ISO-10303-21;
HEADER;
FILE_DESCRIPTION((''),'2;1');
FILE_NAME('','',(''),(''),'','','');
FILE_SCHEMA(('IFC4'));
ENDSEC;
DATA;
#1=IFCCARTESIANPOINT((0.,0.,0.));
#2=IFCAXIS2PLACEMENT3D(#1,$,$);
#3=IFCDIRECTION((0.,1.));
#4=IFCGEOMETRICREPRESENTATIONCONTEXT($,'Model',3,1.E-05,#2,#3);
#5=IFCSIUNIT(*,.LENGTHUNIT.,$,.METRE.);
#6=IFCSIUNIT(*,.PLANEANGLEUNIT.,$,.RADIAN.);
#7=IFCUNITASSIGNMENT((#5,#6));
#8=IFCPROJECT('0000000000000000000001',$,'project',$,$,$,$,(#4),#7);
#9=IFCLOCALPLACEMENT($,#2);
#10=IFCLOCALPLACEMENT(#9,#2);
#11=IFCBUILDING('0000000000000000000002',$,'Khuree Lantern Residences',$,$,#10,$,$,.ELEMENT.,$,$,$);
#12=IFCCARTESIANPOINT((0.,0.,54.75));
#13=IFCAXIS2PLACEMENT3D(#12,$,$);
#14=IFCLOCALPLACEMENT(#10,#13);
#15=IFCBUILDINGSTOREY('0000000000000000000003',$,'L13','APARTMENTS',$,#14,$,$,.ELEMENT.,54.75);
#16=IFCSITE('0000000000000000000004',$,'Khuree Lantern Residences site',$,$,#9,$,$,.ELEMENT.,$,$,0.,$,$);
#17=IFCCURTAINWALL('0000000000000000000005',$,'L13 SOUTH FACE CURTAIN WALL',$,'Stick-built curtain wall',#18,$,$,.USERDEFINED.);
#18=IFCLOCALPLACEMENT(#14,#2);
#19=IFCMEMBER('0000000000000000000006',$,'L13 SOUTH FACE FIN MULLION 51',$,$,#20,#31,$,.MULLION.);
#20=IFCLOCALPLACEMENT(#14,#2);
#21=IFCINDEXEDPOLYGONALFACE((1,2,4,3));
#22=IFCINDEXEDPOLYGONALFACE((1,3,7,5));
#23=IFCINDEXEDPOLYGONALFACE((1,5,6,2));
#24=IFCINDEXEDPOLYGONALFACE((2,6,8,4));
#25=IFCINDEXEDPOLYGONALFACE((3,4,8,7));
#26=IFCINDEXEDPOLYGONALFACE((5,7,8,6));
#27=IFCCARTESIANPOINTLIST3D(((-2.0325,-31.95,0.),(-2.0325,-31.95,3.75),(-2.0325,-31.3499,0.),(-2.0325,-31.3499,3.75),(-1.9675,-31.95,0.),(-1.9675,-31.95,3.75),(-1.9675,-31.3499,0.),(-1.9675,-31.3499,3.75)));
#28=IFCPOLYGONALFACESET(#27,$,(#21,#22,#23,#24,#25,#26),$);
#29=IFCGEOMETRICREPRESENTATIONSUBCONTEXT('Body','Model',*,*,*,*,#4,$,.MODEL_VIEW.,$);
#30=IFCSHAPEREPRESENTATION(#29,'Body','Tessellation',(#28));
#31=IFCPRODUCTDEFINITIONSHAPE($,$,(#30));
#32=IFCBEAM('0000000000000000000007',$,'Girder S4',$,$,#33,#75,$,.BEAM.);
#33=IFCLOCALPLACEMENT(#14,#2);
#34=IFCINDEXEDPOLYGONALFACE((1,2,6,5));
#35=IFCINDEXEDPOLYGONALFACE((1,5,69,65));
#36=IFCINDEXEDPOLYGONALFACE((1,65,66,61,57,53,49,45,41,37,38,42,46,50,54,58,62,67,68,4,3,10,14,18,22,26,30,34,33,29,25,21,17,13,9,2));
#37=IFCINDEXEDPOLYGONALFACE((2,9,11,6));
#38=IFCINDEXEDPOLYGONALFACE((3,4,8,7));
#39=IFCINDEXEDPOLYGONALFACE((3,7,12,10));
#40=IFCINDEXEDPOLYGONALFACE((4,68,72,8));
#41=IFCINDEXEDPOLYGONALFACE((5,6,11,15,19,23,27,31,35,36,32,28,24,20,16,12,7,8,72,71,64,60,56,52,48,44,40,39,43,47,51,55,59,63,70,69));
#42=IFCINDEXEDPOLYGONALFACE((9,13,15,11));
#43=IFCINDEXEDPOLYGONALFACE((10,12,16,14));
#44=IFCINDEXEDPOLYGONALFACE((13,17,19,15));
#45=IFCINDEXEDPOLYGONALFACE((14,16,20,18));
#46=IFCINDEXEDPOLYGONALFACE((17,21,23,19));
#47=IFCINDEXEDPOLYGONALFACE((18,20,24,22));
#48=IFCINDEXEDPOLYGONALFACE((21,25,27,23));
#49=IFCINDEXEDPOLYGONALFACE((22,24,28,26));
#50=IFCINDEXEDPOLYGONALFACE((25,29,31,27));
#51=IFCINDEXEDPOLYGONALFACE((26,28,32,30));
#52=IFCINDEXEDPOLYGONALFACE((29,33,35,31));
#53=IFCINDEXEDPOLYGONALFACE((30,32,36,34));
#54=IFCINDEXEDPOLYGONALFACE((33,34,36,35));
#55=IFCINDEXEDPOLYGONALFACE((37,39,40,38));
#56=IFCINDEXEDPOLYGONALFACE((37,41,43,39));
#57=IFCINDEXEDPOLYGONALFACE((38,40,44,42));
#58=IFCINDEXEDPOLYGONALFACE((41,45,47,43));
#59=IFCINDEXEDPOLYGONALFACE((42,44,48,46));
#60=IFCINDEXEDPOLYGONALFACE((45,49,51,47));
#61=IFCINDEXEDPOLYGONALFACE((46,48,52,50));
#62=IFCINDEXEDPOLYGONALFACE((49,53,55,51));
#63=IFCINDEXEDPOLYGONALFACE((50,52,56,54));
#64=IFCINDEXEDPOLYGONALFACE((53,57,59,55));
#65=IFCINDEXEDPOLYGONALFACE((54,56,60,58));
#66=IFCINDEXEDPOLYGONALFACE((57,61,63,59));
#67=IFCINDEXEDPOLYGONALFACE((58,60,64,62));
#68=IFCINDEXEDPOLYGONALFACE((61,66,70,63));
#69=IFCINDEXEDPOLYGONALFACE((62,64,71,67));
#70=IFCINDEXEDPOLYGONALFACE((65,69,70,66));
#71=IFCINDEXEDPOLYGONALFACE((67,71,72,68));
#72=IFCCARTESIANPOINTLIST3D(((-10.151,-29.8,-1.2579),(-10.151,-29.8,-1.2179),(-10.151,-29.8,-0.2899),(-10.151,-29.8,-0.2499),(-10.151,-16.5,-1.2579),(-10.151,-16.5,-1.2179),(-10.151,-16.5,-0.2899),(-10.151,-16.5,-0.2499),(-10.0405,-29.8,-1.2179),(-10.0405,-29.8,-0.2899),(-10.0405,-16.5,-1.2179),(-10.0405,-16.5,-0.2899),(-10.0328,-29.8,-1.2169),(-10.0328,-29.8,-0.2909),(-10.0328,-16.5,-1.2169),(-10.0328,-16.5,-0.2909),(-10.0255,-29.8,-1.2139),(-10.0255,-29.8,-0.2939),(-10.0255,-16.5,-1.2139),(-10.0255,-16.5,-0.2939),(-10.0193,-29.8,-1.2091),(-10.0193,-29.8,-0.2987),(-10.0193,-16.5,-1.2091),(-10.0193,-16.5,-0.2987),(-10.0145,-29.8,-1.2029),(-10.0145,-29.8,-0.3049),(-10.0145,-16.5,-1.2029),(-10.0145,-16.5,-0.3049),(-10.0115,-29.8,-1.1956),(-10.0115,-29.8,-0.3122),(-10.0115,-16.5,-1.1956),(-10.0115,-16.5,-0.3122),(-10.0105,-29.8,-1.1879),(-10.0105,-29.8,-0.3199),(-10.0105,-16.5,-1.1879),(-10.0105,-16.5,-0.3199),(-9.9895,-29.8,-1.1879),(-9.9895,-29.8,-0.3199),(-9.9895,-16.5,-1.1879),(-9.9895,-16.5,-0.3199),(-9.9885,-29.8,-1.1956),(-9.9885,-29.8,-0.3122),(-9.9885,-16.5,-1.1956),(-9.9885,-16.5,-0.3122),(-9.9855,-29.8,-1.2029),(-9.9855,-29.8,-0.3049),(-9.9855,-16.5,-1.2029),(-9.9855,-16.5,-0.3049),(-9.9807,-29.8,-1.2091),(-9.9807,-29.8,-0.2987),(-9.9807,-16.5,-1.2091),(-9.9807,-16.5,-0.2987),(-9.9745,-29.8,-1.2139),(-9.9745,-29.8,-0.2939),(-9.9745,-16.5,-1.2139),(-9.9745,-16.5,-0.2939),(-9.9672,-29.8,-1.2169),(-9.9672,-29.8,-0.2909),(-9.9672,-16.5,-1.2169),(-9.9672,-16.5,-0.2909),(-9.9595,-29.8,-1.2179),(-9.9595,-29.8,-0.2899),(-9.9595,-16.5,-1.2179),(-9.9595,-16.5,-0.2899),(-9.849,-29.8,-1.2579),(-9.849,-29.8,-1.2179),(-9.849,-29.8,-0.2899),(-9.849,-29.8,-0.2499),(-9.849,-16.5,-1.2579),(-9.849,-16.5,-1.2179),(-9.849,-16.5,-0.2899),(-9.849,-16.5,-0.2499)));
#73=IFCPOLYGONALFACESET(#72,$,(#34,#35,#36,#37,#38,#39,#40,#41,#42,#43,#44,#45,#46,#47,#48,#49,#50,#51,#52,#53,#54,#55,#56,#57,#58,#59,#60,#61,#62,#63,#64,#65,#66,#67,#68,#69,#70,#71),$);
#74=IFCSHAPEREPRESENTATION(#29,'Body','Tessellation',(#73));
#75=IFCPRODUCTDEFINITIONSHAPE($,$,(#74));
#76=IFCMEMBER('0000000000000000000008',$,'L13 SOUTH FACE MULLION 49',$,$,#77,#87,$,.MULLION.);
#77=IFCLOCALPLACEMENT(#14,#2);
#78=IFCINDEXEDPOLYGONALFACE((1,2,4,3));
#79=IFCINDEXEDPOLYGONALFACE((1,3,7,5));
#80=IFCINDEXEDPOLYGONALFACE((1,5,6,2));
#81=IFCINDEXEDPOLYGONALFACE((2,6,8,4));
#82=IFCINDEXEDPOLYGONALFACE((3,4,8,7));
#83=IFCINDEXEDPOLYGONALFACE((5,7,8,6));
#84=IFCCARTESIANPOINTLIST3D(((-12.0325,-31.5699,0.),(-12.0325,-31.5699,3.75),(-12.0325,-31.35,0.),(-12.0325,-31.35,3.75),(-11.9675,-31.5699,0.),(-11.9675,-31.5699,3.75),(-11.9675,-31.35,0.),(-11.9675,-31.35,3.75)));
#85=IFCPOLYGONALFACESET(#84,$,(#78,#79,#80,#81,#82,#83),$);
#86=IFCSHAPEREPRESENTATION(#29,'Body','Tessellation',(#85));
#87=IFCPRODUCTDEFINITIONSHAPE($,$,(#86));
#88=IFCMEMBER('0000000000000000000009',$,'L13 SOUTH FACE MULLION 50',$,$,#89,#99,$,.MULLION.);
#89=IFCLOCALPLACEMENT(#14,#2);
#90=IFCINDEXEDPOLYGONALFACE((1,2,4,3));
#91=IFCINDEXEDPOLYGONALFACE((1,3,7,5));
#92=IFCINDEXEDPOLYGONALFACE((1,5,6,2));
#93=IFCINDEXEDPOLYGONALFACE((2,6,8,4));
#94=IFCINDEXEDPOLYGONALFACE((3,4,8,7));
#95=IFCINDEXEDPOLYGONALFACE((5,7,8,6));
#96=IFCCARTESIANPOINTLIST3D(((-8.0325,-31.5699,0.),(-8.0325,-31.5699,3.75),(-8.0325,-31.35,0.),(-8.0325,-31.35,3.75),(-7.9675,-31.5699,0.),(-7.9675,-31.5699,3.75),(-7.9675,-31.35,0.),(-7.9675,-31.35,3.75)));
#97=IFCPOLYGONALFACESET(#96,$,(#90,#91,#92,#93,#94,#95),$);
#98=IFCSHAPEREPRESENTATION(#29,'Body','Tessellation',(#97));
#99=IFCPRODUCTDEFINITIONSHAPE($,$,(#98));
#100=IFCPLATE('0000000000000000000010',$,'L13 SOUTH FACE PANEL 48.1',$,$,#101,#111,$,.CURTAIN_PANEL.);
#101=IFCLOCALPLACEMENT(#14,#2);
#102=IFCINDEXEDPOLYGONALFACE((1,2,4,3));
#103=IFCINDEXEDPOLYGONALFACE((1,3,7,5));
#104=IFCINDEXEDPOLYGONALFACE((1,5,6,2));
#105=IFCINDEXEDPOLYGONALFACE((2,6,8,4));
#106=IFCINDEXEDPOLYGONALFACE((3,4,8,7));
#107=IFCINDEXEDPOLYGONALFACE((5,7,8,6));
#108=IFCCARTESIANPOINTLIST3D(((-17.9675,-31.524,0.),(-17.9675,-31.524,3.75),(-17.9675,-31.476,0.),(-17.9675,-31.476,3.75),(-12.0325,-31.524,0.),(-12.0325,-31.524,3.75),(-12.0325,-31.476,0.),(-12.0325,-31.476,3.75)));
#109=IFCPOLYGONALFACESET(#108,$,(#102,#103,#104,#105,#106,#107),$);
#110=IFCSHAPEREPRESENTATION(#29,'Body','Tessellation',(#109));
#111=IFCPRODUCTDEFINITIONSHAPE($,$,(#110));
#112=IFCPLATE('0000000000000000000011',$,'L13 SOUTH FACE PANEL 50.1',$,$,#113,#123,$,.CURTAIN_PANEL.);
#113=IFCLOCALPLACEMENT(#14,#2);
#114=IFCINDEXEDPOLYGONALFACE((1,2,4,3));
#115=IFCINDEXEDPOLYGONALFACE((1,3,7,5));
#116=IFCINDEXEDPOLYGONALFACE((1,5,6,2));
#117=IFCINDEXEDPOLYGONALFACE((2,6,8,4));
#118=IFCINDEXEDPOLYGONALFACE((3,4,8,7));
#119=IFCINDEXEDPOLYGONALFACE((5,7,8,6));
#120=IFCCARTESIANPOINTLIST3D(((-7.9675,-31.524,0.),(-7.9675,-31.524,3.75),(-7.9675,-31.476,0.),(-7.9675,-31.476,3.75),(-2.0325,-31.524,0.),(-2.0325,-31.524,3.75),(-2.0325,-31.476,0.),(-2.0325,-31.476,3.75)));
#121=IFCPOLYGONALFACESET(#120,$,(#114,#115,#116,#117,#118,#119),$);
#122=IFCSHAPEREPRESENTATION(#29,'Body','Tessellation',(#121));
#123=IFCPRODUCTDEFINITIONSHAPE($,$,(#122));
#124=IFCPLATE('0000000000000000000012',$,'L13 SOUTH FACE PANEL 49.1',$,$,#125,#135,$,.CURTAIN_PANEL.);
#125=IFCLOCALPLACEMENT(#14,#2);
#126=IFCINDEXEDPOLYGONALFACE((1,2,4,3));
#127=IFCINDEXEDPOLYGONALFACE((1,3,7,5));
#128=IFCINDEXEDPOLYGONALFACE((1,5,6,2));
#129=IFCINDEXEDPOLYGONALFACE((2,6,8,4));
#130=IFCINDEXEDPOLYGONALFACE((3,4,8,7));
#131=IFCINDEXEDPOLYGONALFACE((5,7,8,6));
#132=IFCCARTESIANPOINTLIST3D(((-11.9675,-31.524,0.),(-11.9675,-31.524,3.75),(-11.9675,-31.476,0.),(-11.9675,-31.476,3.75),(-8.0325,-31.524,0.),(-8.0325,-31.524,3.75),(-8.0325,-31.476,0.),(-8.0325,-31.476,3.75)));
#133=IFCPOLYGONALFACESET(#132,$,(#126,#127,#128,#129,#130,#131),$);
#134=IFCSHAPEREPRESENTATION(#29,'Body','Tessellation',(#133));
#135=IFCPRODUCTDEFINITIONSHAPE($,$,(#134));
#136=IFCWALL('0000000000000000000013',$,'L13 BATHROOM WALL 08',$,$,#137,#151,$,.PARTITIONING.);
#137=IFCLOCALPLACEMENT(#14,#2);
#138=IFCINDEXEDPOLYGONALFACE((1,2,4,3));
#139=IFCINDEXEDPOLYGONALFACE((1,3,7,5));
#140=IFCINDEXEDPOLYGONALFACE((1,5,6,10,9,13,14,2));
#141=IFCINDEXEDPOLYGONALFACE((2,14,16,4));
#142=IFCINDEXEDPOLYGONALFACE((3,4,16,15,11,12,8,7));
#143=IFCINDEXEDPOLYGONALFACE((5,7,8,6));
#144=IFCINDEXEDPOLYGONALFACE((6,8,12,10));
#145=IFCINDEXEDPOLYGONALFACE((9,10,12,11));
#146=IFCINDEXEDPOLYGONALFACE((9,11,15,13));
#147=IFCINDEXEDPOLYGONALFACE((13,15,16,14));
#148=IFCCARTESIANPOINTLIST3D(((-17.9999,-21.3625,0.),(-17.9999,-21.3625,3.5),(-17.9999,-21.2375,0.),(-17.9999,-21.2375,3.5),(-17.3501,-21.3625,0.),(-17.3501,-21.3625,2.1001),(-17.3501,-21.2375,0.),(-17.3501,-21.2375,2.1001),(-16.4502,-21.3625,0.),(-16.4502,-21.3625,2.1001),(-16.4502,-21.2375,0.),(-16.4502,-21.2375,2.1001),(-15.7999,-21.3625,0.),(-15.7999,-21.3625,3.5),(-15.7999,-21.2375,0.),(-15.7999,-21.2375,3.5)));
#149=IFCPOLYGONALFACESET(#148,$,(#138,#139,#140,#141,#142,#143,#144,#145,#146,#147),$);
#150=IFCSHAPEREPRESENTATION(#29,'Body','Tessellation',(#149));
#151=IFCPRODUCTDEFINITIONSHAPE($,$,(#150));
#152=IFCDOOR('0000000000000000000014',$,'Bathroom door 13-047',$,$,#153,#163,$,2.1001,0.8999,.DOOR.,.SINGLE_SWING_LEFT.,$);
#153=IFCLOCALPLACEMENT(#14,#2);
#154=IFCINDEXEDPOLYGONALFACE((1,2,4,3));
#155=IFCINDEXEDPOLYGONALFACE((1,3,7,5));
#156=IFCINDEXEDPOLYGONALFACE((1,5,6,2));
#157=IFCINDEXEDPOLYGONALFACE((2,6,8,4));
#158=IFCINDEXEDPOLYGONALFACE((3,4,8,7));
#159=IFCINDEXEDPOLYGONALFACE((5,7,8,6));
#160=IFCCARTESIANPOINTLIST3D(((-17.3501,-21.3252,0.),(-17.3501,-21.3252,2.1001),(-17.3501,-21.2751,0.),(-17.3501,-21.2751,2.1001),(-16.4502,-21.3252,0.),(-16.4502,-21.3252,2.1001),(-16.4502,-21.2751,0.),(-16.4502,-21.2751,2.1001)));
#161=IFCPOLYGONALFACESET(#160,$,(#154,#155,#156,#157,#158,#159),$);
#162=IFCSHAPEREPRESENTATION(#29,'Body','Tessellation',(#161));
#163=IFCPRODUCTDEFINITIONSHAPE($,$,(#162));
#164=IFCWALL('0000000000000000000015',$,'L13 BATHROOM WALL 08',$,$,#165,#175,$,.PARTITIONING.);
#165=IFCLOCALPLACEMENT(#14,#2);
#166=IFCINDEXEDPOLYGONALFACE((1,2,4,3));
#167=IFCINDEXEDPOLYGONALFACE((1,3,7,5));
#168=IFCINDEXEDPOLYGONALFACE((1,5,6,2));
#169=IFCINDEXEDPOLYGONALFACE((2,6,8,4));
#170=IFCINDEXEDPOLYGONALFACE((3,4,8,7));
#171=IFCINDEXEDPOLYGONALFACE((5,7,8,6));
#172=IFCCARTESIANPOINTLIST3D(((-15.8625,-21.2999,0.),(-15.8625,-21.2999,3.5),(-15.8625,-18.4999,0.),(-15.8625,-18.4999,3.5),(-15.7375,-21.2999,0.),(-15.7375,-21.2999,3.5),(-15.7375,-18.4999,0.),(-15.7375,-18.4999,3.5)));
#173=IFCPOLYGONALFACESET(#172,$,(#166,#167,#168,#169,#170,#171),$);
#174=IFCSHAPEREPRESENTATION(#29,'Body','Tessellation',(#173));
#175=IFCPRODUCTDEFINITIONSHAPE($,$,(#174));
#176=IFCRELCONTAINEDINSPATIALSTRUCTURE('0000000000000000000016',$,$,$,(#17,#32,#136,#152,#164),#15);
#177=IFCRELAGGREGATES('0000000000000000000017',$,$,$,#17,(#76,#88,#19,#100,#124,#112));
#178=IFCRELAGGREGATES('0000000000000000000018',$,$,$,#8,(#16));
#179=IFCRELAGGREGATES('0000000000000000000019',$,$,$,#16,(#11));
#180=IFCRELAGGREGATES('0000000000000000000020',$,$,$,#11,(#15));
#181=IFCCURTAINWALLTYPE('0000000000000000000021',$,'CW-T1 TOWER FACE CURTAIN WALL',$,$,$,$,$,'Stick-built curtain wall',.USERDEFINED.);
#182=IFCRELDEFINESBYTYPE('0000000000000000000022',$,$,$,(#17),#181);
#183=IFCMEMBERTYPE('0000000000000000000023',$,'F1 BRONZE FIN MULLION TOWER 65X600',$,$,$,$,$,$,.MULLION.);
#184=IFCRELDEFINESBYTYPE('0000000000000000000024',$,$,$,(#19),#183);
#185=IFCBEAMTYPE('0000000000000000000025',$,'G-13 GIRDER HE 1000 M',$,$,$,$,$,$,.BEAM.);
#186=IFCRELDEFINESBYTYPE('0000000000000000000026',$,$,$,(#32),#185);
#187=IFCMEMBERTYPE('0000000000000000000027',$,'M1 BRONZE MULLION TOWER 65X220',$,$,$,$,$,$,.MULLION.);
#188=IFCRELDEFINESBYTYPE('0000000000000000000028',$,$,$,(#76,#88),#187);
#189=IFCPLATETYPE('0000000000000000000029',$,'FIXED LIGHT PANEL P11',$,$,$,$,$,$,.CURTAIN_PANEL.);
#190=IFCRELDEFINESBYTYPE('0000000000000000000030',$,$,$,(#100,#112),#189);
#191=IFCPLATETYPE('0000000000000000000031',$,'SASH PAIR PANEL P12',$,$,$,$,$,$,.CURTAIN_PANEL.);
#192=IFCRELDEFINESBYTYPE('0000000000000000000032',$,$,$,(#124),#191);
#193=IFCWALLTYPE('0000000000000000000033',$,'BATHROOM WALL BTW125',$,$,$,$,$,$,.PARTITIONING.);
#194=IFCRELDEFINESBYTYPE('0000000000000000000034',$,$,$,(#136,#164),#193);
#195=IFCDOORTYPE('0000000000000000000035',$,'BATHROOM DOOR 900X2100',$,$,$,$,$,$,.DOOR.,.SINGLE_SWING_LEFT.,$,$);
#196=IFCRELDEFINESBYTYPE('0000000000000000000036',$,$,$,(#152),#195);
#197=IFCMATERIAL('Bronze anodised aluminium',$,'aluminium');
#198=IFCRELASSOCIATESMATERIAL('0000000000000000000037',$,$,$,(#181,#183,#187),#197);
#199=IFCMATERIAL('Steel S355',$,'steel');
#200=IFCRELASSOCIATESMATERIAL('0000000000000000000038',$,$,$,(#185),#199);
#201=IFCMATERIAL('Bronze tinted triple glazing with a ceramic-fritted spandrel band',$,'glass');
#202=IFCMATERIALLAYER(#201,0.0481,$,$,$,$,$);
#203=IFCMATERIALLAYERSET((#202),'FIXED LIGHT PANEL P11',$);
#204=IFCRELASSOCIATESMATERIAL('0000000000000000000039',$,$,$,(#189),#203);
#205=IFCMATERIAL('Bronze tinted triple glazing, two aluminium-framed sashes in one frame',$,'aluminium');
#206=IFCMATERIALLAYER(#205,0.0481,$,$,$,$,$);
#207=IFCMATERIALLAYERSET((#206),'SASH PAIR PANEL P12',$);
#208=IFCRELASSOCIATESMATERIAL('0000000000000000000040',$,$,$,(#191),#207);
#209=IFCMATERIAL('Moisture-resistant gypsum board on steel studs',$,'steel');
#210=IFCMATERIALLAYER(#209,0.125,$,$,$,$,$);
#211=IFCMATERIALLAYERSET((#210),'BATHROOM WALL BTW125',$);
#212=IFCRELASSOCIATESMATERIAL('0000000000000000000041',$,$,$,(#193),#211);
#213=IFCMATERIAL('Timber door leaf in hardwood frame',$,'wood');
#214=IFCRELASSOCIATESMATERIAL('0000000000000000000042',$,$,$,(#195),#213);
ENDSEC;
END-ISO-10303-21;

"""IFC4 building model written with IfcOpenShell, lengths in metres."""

from ifc_helpers import new_model, si_unit, direction, frame, frame_2d, origin, origin_2d, place, context, subcontext, project, spatial, rectangle, i_section, extrude, material, layer, layer_set, material_profile, profile_set, type_object, element, fill, aggregate, save


model = new_model("IFC4")

# Units and contexts
model_context = context("Model", 3, precision=1e-05, world=origin(), true_north=direction((0.0, 1.0)))
body_context = subcontext(model_context, "Body", "Model", "MODEL_VIEW")
ifc_project = project(units=[si_unit("LENGTHUNIT", "METRE"), si_unit("PLANEANGLEUNIT", "RADIAN")], contexts=[model_context])

# Site, building, storey
site_placement = place(None, origin())
site = spatial("IfcSite", under=ifc_project, at=site_placement, Name="Khuree Lantern Residences site", CompositionType="ELEMENT", RefElevation=0.0)
building_placement = place(site_placement, origin())
building = spatial("IfcBuilding", under=site, at=building_placement, Name="Khuree Lantern Residences", CompositionType="ELEMENT")
storey_placement = place(building_placement, frame((0.0, 0.0, 54.75)))
storey = spatial("IfcBuildingStorey", under=building, at=storey_placement, Name="L13", Description="APARTMENTS", CompositionType="ELEMENT", Elevation=54.75)

# Shared definitions
ifc_material_1 = material(Name="Steel S355", Category="steel")

# Curtain wall, member
ifc_material_2 = material(Name="Bronze anodised aluminium", Category="aluminium")
curtain_wall_type = type_object("IfcCurtainWallType", Name="CW-T1 TOWER FACE CURTAIN WALL", ElementType="Stick-built curtain wall", PredefinedType="USERDEFINED", material=ifc_material_2)
curtain_wall_placement = place(storey_placement, origin())
curtain_wall = element("IfcCurtainWall", 1, at=curtain_wall_placement, inside=storey, type_object=curtain_wall_type, Name="L13 SOUTH FACE CURTAIN WALL", ObjectType="Stick-built curtain wall", PredefinedType="USERDEFINED")
ifc_material_profile_1 = material_profile(ifc_material_2, rectangle(XDim=0.0649, YDim=0.6001, at=origin_2d()), Name="F1 65X600")
ifc_profile_set_1 = profile_set([ifc_material_profile_1], Name="Bronze anodised aluminium")
member_type_1 = type_object("IfcMemberType", Name="F1 BRONZE FIN MULLION TOWER 65X600", PredefinedType="MULLION", material=ifc_profile_set_1)
member_1_placement = place(storey_placement, frame((-2.0, -31.6499, 0.0), z_axis=(0.0, 0.0, 1.0), x_axis=(1.0, 0.0, 0.0)))
member_1 = element("IfcMember", 2, at=member_1_placement, type_object=member_type_1, Name="L13 SOUTH FACE FIN MULLION 51", PredefinedType="MULLION", context=body_context, shape_type="SweptSolid", body=[
    extrude(rectangle(XDim=0.0649, YDim=0.6001, at=origin_2d()), origin(), (0.0, 0.0, 1.0), 3.75),
])

# Beam
ifc_material_profile_2 = material_profile(ifc_material_1, i_section(OverallWidth=0.302, OverallDepth=1.0081, WebThickness=0.021, FlangeThickness=0.04, FilletRadius=0.03, at=origin_2d()), Name="HE 1000 M")
ifc_profile_set_2 = profile_set([ifc_material_profile_2], Name="Steel S355")
beam_type_1 = type_object("IfcBeamType", Name="G-13 GIRDER HE 1000 M", PredefinedType="BEAM", material=ifc_profile_set_2)
beam_1_placement = place(storey_placement, frame((-10.0, -29.8, -0.7539), z_axis=(0.0, 1.0, 0.0), x_axis=(-1.0, 0.0, 0.0)))
element("IfcBeam", 3, at=beam_1_placement, inside=storey, type_object=beam_type_1, Name="Girder S4", PredefinedType="BEAM", context=body_context, shape_type="SweptSolid", body=[
    extrude(i_section(OverallWidth=0.302, OverallDepth=1.0081, WebThickness=0.021, FlangeThickness=0.04, FilletRadius=0.03, at=origin_2d()), origin(), (0.0, 0.0, 1.0), 13.3),
])

# Members
ifc_material_profile_3 = material_profile(ifc_material_2, rectangle(XDim=0.0649, YDim=0.22, at=origin_2d()), Name="M1 65X220")
ifc_profile_set_3 = profile_set([ifc_material_profile_3], Name="Bronze anodised aluminium")
member_type_2 = type_object("IfcMemberType", Name="M1 BRONZE MULLION TOWER 65X220", PredefinedType="MULLION", material=ifc_profile_set_3)
member_2_placement = place(storey_placement, frame((-12.0, -31.46, 0.0), z_axis=(0.0, 0.0, 1.0), x_axis=(1.0, 0.0, 0.0)))
member_2 = element("IfcMember", 4, at=member_2_placement, type_object=member_type_2, Name="L13 SOUTH FACE MULLION 49", PredefinedType="MULLION", context=body_context, shape_type="SweptSolid", body=[
    extrude(rectangle(XDim=0.0649, YDim=0.22, at=origin_2d()), origin(), (0.0, 0.0, 1.0), 3.75),
])
member_3_placement = place(storey_placement, frame((-8.0, -31.46, 0.0), z_axis=(0.0, 0.0, 1.0), x_axis=(1.0, 0.0, 0.0)))
member_3 = element("IfcMember", 5, at=member_3_placement, type_object=member_type_2, Name="L13 SOUTH FACE MULLION 50", PredefinedType="MULLION", context=body_context, shape_type="SweptSolid", body=[
    extrude(rectangle(XDim=0.0649, YDim=0.22, at=origin_2d()), origin(), (0.0, 0.0, 1.0), 3.75),
])

# Plates
ifc_material_3 = material(Name="Bronze tinted triple glazing with a ceramic-fritted spandrel band", Category="glass")
ifc_layer_1 = layer(ifc_material_3, 0.0481)
ifc_layer_set_1 = layer_set([ifc_layer_1], Name="FIXED LIGHT PANEL P11")
plate_type_1 = type_object("IfcPlateType", Name="FIXED LIGHT PANEL P11", PredefinedType="CURTAIN_PANEL", material=ifc_layer_set_1)
plate_1_placement = place(storey_placement, frame((-15.0, -31.5, 0.0), z_axis=(0.0, 0.0, 1.0), x_axis=(1.0, 0.0, 0.0)))
plate_1 = element("IfcPlate", 6, at=plate_1_placement, type_object=plate_type_1, Name="L13 SOUTH FACE PANEL 48.1", PredefinedType="CURTAIN_PANEL", context=body_context, shape_type="SweptSolid", body=[
    extrude(rectangle(XDim=5.9351, YDim=0.0481, at=origin_2d()), origin(), (0.0, 0.0, 1.0), 3.75),
])
plate_2_placement = place(storey_placement, frame((-5.0, -31.5, 0.0), z_axis=(0.0, 0.0, 1.0), x_axis=(1.0, 0.0, 0.0)))
plate_2 = element("IfcPlate", 7, at=plate_2_placement, type_object=plate_type_1, Name="L13 SOUTH FACE PANEL 50.1", PredefinedType="CURTAIN_PANEL", context=body_context, shape_type="SweptSolid", body=[
    extrude(rectangle(XDim=5.9351, YDim=0.0481, at=origin_2d()), origin(), (0.0, 0.0, 1.0), 3.75),
])
ifc_material_4 = material(Name="Bronze tinted triple glazing, two aluminium-framed sashes in one frame", Category="aluminium")
ifc_layer_2 = layer(ifc_material_4, 0.0481)
ifc_layer_set_2 = layer_set([ifc_layer_2], Name="SASH PAIR PANEL P12")
plate_type_2 = type_object("IfcPlateType", Name="SASH PAIR PANEL P12", PredefinedType="CURTAIN_PANEL", material=ifc_layer_set_2)
plate_3_placement = place(storey_placement, frame((-10.0, -31.5, 0.0), z_axis=(0.0, 0.0, 1.0), x_axis=(1.0, 0.0, 0.0)))
plate_3 = element("IfcPlate", 8, at=plate_3_placement, type_object=plate_type_2, Name="L13 SOUTH FACE PANEL 49.1", PredefinedType="CURTAIN_PANEL", context=body_context, shape_type="SweptSolid", body=[
    extrude(rectangle(XDim=3.9351, YDim=0.0481, at=origin_2d()), origin(), (0.0, 0.0, 1.0), 3.75),
])
aggregate(curtain_wall, [member_2, member_3, member_1, plate_1, plate_3, plate_2])

# Wall, opening, door
ifc_material_5 = material(Name="Moisture-resistant gypsum board on steel studs", Category="steel")
ifc_layer_3 = layer(ifc_material_5, 0.125)
ifc_layer_set_3 = layer_set([ifc_layer_3], Name="BATHROOM WALL BTW125")
wall_type_1 = type_object("IfcWallType", Name="BATHROOM WALL BTW125", PredefinedType="PARTITIONING", material=ifc_layer_set_3)
wall_1_placement = place(storey_placement, frame((-18.0, -21.3, 0.0), z_axis=(0.0, 0.0, 1.0), x_axis=(1.0, 0.0, 0.0)))
wall_1 = element("IfcWall", 9, at=wall_1_placement, inside=storey, type_object=wall_type_1, Name="L13 BATHROOM WALL 08", PredefinedType="PARTITIONING", context=body_context, shape_type="SweptSolid", body=[
    extrude(rectangle(XDim=2.2, YDim=0.125, at=frame_2d((1.1001, 0.0))), origin(), (0.0, 0.0, 1.0), 3.5),
])
opening_1_placement = place(wall_1_placement, frame((0.6499, 0.0, 0.0)))
opening_1 = element("IfcOpeningElement", 10, at=opening_1_placement, cuts=wall_1, PredefinedType="OPENING", context=body_context, shape_type="SweptSolid", body=[
    extrude(rectangle(XDim=0.8999, YDim=2.1001, at=frame_2d((0.45, 1.05))), frame((0.0, 0.0725, 0.0), z_axis=(0.0, -1.0, 0.0), x_axis=(1.0, 0.0, 0.0)), (0.0, 0.0, 1.0), 0.145),
])
ifc_material_6 = material(Name="Timber door leaf in hardwood frame", Category="wood")
door_type_1 = type_object("IfcDoorType", Name="BATHROOM DOOR 900X2100", OperationType="SINGLE_SWING_LEFT", PredefinedType="DOOR", material=ifc_material_6)
door_1_placement = place(opening_1_placement, origin())
door_1 = element("IfcDoor", 11, at=door_1_placement, inside=storey, type_object=door_type_1, Name="Bathroom door 13-047", OperationType="SINGLE_SWING_LEFT", OverallHeight=2.1001, OverallWidth=0.8999, PredefinedType="DOOR", context=body_context, shape_type="SweptSolid", body=[
    extrude(rectangle(XDim=0.8999, YDim=2.1001, at=frame_2d((0.45, 1.05))), frame((0.0, 0.0249, 0.0), z_axis=(0.0, -1.0, 0.0), x_axis=(1.0, 0.0, 0.0)), (0.0, 0.0, 1.0), 0.05),
])
fill(opening_1, door_1)

# Wall
wall_2_placement = place(storey_placement, frame((-15.8, -18.5, 0.0), z_axis=(0.0, 0.0, 1.0), x_axis=(0.0, -1.0, 0.0)))
element("IfcWall", 12, at=wall_2_placement, inside=storey, type_object=wall_type_1, Name="L13 BATHROOM WALL 08", PredefinedType="PARTITIONING", context=body_context, shape_type="SweptSolid", body=[
    extrude(rectangle(XDim=2.8, YDim=0.125, at=frame_2d((1.3999, 0.0))), origin(), (0.0, 0.0, 1.0), 3.5),
])

save(model, "model.ifc")
